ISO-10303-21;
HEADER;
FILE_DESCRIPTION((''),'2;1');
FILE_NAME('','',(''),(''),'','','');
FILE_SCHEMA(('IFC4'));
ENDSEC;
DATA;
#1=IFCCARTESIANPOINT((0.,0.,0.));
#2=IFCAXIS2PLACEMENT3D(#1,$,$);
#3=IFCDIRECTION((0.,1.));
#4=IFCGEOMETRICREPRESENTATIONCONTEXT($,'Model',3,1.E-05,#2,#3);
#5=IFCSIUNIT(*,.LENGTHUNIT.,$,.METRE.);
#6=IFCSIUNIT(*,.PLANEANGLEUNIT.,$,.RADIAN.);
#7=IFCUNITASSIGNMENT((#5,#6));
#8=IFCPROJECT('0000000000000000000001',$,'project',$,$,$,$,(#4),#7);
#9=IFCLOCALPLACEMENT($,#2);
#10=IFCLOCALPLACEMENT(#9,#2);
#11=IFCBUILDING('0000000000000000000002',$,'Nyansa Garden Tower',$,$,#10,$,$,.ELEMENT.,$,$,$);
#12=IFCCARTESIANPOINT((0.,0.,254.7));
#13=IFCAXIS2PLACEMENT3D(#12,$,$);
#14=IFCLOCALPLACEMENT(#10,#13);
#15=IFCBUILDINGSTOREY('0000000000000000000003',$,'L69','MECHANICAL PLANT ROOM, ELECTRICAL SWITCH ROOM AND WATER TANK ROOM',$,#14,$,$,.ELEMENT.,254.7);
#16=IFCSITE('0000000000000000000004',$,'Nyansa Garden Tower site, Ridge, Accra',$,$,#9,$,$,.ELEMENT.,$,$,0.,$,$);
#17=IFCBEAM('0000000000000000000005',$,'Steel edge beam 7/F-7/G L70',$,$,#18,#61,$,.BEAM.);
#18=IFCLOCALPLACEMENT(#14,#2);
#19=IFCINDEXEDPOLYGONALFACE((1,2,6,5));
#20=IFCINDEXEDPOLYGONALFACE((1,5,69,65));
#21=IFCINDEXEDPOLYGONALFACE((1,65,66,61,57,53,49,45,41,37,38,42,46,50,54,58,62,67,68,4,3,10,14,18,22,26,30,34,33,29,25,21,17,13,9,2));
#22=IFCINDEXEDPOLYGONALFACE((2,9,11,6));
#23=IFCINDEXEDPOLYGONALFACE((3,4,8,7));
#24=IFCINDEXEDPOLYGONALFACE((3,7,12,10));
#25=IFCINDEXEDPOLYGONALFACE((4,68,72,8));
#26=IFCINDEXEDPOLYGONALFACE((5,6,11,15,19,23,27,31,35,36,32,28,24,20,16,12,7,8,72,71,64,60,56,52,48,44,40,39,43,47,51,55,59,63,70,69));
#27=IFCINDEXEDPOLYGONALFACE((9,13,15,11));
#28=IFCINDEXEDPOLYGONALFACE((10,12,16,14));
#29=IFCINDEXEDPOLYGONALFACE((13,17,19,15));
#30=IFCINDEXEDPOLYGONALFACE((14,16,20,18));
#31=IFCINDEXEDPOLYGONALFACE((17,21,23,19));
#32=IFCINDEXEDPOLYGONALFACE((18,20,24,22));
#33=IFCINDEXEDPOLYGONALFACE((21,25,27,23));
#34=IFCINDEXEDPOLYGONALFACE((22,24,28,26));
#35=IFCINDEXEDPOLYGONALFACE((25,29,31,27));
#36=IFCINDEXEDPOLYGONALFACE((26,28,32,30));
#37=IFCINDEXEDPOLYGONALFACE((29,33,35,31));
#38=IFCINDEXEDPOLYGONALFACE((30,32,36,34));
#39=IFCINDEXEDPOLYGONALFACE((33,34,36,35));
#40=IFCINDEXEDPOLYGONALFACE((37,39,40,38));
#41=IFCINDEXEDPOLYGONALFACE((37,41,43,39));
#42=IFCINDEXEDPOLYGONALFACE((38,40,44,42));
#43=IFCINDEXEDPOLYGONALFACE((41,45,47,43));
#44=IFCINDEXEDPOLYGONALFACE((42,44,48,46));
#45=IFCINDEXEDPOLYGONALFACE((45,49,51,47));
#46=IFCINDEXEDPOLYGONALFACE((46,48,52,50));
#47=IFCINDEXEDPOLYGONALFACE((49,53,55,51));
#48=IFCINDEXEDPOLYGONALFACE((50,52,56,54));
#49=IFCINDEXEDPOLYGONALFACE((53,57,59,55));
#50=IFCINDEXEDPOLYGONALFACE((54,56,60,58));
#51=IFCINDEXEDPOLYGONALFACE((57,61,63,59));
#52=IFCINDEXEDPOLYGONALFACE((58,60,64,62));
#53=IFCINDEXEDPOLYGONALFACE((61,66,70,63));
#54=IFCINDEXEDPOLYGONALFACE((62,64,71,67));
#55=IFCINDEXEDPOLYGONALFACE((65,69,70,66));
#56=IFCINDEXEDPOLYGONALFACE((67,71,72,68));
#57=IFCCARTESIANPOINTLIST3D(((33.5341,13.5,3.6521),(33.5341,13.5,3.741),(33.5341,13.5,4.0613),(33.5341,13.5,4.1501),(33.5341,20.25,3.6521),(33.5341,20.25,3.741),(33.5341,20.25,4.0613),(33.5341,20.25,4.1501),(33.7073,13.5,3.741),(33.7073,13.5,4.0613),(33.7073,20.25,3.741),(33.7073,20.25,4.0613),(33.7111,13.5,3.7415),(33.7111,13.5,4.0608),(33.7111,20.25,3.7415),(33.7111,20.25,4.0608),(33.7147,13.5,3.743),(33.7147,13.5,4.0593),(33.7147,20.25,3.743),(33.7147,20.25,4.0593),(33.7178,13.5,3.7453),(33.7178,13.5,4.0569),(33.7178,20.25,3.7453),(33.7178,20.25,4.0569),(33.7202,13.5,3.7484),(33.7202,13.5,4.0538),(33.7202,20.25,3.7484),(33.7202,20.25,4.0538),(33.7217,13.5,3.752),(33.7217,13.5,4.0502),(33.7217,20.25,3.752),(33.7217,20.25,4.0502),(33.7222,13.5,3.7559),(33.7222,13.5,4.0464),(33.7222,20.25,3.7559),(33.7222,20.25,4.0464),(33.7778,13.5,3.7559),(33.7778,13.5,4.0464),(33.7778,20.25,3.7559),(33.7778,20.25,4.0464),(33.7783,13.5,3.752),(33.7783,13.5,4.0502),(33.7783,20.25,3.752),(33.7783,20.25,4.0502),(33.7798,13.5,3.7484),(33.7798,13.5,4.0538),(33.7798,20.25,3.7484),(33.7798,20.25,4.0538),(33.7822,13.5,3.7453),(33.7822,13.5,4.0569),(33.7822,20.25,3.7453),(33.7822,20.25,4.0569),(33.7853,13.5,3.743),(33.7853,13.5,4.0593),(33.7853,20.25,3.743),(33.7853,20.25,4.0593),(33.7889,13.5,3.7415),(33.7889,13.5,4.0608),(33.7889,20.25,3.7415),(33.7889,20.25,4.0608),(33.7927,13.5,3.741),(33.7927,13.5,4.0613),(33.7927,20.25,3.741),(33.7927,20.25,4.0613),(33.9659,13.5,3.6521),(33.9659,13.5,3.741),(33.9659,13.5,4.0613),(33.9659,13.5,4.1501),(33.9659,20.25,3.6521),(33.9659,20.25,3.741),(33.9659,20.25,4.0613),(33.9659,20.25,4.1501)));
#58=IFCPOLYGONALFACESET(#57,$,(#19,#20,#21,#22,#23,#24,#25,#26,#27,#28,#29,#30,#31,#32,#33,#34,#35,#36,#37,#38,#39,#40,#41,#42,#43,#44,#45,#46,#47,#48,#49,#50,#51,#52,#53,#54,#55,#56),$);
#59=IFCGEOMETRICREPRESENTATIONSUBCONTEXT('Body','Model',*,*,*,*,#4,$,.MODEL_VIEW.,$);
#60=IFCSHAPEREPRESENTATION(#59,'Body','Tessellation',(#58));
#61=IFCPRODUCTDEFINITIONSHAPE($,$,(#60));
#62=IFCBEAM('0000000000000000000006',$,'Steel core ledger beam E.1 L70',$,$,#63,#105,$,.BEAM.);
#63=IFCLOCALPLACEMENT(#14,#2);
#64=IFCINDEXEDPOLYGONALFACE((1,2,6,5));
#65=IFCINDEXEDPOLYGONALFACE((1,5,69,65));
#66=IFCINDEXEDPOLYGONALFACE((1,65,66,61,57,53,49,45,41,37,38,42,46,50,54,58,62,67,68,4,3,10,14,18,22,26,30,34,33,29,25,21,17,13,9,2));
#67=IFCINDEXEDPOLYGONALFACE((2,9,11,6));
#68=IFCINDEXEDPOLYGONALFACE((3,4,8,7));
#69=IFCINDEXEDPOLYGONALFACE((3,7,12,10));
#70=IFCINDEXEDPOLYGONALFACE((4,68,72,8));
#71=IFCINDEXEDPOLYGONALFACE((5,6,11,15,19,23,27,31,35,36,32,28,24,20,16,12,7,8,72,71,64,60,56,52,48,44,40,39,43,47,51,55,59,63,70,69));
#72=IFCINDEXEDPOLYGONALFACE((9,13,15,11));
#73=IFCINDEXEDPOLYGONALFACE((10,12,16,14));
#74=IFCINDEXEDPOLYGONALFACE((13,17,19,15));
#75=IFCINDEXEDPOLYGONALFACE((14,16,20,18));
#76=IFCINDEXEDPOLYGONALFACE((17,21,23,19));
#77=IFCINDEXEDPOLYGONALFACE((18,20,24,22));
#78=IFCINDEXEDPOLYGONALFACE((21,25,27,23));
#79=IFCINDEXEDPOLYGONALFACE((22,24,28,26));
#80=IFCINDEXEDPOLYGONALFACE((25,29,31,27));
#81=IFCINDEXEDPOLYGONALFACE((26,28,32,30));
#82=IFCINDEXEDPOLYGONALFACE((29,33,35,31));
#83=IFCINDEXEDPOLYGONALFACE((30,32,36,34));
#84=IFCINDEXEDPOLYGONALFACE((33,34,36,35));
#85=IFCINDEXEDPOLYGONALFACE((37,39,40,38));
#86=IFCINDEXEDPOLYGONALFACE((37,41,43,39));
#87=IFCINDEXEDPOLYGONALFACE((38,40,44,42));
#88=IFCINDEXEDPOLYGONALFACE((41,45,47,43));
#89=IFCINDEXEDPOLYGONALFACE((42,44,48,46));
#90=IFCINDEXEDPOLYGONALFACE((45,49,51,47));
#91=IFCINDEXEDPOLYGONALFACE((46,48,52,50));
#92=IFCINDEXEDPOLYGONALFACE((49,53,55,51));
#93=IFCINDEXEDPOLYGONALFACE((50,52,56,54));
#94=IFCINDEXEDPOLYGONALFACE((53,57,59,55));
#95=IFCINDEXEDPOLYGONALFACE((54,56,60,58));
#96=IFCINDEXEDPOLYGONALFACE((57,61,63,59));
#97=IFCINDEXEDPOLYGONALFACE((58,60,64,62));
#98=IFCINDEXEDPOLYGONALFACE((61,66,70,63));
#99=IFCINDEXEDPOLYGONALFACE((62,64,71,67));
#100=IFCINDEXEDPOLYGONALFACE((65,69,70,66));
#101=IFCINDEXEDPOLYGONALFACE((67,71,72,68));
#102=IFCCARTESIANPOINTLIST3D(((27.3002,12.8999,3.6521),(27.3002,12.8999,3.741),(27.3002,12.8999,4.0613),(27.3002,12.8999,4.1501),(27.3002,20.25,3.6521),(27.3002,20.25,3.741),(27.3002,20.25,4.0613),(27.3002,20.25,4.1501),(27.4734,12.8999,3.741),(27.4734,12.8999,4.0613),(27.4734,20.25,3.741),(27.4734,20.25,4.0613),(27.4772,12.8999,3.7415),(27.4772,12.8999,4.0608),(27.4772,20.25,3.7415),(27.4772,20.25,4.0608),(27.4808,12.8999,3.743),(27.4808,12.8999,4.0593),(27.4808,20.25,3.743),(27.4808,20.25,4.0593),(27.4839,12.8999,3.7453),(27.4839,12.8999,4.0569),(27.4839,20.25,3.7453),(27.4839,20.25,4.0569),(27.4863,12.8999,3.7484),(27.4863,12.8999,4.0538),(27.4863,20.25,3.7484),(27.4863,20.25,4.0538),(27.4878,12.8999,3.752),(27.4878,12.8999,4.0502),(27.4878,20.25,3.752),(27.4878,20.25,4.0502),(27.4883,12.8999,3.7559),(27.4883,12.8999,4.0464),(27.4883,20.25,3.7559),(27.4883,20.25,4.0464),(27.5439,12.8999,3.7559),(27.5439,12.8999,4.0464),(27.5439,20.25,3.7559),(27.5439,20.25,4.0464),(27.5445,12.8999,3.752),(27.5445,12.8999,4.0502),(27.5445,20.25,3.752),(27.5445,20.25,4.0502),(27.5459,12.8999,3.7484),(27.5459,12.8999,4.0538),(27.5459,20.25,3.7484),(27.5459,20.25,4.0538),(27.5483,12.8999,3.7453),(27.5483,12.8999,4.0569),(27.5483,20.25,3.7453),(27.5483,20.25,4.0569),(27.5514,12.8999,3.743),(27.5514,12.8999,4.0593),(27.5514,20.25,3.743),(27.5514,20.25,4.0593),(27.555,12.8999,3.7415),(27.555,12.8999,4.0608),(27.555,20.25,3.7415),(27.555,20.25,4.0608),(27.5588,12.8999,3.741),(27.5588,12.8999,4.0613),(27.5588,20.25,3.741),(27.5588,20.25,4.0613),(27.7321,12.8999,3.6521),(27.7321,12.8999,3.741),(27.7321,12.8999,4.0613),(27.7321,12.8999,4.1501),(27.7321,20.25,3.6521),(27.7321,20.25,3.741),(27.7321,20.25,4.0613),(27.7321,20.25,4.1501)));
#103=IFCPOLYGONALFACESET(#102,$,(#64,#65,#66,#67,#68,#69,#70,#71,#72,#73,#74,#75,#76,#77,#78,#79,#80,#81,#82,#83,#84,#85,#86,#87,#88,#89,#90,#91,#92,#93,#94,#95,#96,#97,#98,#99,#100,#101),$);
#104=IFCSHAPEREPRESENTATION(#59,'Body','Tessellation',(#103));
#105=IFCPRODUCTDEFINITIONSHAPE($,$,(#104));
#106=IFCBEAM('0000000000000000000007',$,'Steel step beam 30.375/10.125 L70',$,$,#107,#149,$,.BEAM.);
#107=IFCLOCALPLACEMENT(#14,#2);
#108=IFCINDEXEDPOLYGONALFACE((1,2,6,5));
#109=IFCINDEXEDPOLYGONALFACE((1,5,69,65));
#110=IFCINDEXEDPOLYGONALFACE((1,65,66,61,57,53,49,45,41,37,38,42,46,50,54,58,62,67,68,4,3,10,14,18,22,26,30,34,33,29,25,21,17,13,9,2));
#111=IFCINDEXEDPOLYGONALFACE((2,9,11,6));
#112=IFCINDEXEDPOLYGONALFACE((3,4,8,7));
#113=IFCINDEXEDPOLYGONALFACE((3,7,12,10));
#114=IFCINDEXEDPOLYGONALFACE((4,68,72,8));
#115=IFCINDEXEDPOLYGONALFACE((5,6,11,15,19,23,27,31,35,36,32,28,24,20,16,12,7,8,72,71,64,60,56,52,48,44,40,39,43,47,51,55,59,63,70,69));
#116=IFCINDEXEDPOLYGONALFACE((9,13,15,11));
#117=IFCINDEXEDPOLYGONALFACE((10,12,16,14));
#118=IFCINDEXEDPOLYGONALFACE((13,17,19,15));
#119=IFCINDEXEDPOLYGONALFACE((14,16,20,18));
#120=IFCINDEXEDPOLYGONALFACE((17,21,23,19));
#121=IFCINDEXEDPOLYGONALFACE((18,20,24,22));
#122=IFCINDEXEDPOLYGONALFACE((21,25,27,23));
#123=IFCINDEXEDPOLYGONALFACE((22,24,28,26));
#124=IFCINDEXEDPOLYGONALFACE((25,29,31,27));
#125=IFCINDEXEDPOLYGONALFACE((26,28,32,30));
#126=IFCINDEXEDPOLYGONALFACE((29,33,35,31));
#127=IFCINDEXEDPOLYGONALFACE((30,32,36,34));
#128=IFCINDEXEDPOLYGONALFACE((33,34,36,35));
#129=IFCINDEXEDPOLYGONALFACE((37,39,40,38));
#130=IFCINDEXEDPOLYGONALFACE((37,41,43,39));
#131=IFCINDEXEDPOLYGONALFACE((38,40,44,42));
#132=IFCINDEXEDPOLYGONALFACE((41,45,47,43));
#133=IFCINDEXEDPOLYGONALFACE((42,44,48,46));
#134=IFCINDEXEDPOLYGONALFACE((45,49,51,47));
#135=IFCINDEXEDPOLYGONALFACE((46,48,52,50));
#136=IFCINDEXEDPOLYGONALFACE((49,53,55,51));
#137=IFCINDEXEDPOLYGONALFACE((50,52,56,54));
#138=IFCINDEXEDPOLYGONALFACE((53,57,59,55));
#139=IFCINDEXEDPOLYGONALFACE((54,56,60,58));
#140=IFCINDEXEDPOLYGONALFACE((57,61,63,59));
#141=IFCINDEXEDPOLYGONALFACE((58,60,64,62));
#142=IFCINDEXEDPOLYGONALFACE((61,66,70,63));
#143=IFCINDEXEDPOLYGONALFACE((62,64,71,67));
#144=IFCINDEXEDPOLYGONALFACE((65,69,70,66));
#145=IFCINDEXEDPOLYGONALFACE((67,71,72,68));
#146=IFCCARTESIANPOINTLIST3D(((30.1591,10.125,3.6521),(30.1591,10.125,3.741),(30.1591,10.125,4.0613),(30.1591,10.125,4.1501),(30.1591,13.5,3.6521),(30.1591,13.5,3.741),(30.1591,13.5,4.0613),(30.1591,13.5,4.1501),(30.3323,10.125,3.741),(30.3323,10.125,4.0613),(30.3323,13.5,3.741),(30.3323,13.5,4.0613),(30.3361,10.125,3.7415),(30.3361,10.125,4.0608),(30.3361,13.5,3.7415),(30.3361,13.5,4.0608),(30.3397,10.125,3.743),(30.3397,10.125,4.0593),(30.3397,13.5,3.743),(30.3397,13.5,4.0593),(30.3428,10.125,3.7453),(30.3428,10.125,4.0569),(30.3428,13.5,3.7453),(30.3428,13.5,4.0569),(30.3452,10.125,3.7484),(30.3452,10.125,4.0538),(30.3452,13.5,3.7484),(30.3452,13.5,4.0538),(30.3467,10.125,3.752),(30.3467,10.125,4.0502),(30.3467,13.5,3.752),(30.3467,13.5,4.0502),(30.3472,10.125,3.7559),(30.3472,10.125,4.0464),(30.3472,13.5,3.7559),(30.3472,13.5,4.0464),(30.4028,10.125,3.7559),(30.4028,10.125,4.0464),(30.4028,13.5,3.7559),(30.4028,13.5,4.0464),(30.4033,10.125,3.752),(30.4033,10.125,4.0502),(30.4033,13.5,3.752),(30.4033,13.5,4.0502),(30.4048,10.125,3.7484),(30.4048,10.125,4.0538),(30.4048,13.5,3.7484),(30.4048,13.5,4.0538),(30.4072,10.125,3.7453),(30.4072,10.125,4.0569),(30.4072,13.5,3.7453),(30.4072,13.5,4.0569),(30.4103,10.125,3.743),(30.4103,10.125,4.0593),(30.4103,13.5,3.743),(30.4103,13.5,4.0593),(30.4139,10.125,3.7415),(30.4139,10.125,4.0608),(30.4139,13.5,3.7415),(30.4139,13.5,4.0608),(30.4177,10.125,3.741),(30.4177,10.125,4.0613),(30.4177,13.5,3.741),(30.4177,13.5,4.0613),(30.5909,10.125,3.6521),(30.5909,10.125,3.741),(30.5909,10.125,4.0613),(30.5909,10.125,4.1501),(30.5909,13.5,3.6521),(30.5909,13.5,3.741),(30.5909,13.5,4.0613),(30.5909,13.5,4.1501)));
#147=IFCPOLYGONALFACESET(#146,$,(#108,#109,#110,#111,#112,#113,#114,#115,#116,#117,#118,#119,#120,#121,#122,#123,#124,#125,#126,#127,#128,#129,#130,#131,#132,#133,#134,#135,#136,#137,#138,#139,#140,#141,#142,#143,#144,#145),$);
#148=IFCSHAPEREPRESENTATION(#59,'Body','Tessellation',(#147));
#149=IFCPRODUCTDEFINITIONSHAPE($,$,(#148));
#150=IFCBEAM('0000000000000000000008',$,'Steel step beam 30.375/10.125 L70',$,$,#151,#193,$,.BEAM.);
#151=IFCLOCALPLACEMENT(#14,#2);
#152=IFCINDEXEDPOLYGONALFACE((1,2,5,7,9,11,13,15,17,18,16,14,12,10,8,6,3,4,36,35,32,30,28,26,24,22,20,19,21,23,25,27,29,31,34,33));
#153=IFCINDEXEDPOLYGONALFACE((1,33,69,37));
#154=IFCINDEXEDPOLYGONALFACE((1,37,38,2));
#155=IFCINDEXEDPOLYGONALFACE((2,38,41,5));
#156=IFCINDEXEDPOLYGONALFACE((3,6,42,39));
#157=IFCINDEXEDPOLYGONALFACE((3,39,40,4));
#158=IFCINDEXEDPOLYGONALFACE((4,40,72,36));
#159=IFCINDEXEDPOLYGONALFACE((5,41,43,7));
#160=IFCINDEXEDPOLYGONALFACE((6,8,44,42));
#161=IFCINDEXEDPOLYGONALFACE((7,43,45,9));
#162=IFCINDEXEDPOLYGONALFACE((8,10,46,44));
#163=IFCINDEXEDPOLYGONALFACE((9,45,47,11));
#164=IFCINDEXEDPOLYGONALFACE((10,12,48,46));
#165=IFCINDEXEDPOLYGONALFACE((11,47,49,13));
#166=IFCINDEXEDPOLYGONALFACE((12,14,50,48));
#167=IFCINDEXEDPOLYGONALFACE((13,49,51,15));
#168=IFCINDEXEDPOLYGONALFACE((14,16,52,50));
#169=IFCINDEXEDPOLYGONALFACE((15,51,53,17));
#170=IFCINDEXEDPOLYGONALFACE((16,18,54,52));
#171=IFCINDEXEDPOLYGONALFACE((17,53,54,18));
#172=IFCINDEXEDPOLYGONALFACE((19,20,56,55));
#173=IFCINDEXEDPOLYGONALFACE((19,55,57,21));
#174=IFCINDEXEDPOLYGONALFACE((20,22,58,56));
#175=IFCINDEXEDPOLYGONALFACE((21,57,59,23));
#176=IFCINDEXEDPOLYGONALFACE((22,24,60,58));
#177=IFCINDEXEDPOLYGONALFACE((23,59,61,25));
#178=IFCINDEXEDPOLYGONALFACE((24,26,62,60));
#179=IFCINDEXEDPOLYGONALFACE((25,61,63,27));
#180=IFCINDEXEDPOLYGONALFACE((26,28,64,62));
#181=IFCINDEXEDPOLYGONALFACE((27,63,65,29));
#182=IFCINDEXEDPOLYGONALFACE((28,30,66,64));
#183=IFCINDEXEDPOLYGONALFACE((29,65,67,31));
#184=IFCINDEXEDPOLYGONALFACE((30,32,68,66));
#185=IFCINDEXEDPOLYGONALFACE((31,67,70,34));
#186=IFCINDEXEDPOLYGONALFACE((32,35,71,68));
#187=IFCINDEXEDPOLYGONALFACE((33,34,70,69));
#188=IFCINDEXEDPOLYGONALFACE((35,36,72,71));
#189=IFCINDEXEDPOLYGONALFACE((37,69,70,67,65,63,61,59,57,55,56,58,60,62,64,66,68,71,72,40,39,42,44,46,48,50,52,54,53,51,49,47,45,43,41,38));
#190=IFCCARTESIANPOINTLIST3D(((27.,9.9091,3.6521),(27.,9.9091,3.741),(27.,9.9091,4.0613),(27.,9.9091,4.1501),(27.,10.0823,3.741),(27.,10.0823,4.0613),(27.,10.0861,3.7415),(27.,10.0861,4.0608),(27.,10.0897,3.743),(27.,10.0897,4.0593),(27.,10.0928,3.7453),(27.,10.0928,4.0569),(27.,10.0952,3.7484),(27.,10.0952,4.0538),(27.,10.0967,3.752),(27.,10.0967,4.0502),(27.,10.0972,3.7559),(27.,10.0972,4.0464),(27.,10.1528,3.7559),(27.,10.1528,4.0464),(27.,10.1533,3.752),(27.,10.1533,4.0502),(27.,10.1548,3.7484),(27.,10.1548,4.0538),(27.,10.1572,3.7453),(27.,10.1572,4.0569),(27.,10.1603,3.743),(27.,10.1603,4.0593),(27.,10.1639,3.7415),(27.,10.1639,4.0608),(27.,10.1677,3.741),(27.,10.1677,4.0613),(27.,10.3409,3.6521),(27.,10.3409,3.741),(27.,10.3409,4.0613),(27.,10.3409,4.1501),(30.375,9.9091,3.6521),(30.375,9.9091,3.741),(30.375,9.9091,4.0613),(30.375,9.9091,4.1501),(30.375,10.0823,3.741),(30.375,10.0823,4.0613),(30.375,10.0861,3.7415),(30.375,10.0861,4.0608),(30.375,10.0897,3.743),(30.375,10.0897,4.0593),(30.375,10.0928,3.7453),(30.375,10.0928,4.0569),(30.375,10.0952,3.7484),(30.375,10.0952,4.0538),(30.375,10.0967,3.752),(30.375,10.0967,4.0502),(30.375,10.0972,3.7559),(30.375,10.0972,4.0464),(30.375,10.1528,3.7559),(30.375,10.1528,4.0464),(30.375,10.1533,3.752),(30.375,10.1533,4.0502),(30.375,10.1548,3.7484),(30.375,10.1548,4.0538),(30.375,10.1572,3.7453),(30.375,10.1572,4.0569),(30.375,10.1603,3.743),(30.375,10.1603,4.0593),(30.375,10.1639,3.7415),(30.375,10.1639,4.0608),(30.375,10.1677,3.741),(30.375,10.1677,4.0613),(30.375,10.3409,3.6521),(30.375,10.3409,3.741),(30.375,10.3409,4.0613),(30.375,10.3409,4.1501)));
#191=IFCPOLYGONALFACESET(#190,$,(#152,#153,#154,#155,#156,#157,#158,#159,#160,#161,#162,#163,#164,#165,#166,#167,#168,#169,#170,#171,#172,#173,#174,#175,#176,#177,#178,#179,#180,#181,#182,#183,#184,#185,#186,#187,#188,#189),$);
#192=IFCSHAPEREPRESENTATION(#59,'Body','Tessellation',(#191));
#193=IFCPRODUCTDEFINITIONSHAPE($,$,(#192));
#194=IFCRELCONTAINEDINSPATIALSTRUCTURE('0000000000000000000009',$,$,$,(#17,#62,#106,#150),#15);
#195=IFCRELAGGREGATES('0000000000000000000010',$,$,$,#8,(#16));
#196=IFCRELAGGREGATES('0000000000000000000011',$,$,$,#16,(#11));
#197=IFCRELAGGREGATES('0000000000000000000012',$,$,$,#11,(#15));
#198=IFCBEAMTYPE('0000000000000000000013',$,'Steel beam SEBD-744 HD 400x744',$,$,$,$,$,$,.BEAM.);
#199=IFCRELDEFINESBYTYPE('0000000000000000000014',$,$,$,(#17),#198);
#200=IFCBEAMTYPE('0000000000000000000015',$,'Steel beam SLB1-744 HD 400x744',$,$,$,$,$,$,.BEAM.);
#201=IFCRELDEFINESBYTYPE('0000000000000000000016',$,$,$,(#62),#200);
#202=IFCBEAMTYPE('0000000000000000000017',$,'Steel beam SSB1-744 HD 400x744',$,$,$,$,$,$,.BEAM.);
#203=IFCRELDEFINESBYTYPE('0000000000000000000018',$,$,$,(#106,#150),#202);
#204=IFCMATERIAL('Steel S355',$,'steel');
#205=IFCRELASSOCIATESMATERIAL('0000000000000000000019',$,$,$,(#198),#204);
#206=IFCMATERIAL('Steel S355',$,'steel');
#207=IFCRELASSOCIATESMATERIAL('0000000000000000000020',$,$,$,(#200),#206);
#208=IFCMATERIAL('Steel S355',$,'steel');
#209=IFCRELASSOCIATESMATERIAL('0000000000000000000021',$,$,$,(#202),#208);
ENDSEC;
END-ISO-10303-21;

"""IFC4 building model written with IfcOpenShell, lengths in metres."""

from ifc_helpers import new_model, si_unit, direction, frame, origin, origin_2d, place, context, subcontext, project, spatial, i_section, extrude, material, material_profile, profile_set, type_object, element, save


model = new_model("IFC4")

# Units and contexts
model_context = context("Model", 3, precision=1e-05, world=origin(), true_north=direction((0.0, 1.0)))
body_context = subcontext(model_context, "Body", "Model", "MODEL_VIEW")
ifc_project = project(units=[si_unit("LENGTHUNIT", "METRE"), si_unit("PLANEANGLEUNIT", "RADIAN")], contexts=[model_context])

# Site, building, storey
site_placement = place(None, origin())
site = spatial("IfcSite", under=ifc_project, at=site_placement, Name="Nyansa Garden Tower site, Ridge, Accra", CompositionType="ELEMENT", RefElevation=0.0)
building_placement = place(site_placement, origin())
building = spatial("IfcBuilding", under=site, at=building_placement, Name="Nyansa Garden Tower", CompositionType="ELEMENT")
storey_placement = place(building_placement, frame((0.0, 0.0, 254.7)))
storey = spatial("IfcBuildingStorey", under=building, at=storey_placement, Name="L69", Description="MECHANICAL PLANT ROOM, ELECTRICAL SWITCH ROOM AND WATER TANK ROOM", CompositionType="ELEMENT", Elevation=254.7)

# Beams
ifc_material_1 = material(Name="Steel S355", Category="steel")
ifc_material_profile_1 = material_profile(ifc_material_1, i_section(OverallWidth=0.4319, OverallDepth=0.498, WebThickness=0.0557, FlangeThickness=0.0889, FilletRadius=0.0149, at=origin_2d()), Name="HD 400x744")
ifc_profile_set_1 = profile_set([ifc_material_profile_1], Name="Steel S355")
beam_type_1 = type_object("IfcBeamType", Name="Steel beam SEBD-744 HD 400x744", PredefinedType="BEAM", material=ifc_profile_set_1)
beam_1_placement = place(storey_placement, frame((33.75, 13.5, 3.9011), z_axis=(0.0, 1.0, 0.0), x_axis=(-1.0, 0.0, 0.0)))
element("IfcBeam", 1, at=beam_1_placement, inside=storey, type_object=beam_type_1, Name="Steel edge beam 7/F-7/G L70", PredefinedType="BEAM", context=body_context, shape_type="SweptSolid", body=[
    extrude(i_section(OverallWidth=0.4319, OverallDepth=0.498, WebThickness=0.0557, FlangeThickness=0.0889, FilletRadius=0.0149, at=origin_2d()), origin(), (0.0, 0.0, 1.0), 6.75),
])
ifc_material_2 = material(Name="Steel S355", Category="steel")
ifc_material_profile_2 = material_profile(ifc_material_2, i_section(OverallWidth=0.4319, OverallDepth=0.498, WebThickness=0.0557, FlangeThickness=0.0889, FilletRadius=0.0149, at=origin_2d()), Name="HD 400x744")
ifc_profile_set_2 = profile_set([ifc_material_profile_2], Name="Steel S355")
beam_type_2 = type_object("IfcBeamType", Name="Steel beam SLB1-744 HD 400x744", PredefinedType="BEAM", material=ifc_profile_set_2)
beam_2_placement = place(storey_placement, frame((27.5161, 12.8999, 3.9011), z_axis=(0.0, 1.0, 0.0), x_axis=(-1.0, 0.0, 0.0)))
element("IfcBeam", 2, at=beam_2_placement, inside=storey, type_object=beam_type_2, Name="Steel core ledger beam E.1 L70", PredefinedType="BEAM", context=body_context, shape_type="SweptSolid", body=[
    extrude(i_section(OverallWidth=0.4319, OverallDepth=0.498, WebThickness=0.0557, FlangeThickness=0.0889, FilletRadius=0.0149, at=origin_2d()), origin(), (0.0, 0.0, 1.0), 7.3501),
])
ifc_material_3 = material(Name="Steel S355", Category="steel")
ifc_material_profile_3 = material_profile(ifc_material_3, i_section(OverallWidth=0.4319, OverallDepth=0.498, WebThickness=0.0557, FlangeThickness=0.0889, FilletRadius=0.0149, at=origin_2d()), Name="HD 400x744")
ifc_profile_set_3 = profile_set([ifc_material_profile_3], Name="Steel S355")
beam_type_3 = type_object("IfcBeamType", Name="Steel beam SSB1-744 HD 400x744", PredefinedType="BEAM", material=ifc_profile_set_3)
for number, where, z_axis, x_axis, name in (
    (3, (30.375, 10.125, 3.9011), (0.0, 1.0, 0.0), (-1.0, 0.0, 0.0), "Steel step beam 30.375/10.125 L70"),
    (4, (30.375, 10.125, 3.9011), (-1.0, 0.0, 0.0), (0.0, -1.0, 0.0), "Steel step beam 30.375/10.125 L70"),
):
    element("IfcBeam", number, at=place(storey_placement, frame(where, z_axis=z_axis, x_axis=x_axis)), inside=storey, type_object=beam_type_3, Name=name, PredefinedType="BEAM", context=body_context, shape_type="SweptSolid", body=[
        extrude(i_section(OverallWidth=0.4319, OverallDepth=0.498, WebThickness=0.0557, FlangeThickness=0.0889, FilletRadius=0.0149, at=origin_2d()), origin(), (0.0, 0.0, 1.0), 3.375),
    ])

save(model, "model.ifc")
